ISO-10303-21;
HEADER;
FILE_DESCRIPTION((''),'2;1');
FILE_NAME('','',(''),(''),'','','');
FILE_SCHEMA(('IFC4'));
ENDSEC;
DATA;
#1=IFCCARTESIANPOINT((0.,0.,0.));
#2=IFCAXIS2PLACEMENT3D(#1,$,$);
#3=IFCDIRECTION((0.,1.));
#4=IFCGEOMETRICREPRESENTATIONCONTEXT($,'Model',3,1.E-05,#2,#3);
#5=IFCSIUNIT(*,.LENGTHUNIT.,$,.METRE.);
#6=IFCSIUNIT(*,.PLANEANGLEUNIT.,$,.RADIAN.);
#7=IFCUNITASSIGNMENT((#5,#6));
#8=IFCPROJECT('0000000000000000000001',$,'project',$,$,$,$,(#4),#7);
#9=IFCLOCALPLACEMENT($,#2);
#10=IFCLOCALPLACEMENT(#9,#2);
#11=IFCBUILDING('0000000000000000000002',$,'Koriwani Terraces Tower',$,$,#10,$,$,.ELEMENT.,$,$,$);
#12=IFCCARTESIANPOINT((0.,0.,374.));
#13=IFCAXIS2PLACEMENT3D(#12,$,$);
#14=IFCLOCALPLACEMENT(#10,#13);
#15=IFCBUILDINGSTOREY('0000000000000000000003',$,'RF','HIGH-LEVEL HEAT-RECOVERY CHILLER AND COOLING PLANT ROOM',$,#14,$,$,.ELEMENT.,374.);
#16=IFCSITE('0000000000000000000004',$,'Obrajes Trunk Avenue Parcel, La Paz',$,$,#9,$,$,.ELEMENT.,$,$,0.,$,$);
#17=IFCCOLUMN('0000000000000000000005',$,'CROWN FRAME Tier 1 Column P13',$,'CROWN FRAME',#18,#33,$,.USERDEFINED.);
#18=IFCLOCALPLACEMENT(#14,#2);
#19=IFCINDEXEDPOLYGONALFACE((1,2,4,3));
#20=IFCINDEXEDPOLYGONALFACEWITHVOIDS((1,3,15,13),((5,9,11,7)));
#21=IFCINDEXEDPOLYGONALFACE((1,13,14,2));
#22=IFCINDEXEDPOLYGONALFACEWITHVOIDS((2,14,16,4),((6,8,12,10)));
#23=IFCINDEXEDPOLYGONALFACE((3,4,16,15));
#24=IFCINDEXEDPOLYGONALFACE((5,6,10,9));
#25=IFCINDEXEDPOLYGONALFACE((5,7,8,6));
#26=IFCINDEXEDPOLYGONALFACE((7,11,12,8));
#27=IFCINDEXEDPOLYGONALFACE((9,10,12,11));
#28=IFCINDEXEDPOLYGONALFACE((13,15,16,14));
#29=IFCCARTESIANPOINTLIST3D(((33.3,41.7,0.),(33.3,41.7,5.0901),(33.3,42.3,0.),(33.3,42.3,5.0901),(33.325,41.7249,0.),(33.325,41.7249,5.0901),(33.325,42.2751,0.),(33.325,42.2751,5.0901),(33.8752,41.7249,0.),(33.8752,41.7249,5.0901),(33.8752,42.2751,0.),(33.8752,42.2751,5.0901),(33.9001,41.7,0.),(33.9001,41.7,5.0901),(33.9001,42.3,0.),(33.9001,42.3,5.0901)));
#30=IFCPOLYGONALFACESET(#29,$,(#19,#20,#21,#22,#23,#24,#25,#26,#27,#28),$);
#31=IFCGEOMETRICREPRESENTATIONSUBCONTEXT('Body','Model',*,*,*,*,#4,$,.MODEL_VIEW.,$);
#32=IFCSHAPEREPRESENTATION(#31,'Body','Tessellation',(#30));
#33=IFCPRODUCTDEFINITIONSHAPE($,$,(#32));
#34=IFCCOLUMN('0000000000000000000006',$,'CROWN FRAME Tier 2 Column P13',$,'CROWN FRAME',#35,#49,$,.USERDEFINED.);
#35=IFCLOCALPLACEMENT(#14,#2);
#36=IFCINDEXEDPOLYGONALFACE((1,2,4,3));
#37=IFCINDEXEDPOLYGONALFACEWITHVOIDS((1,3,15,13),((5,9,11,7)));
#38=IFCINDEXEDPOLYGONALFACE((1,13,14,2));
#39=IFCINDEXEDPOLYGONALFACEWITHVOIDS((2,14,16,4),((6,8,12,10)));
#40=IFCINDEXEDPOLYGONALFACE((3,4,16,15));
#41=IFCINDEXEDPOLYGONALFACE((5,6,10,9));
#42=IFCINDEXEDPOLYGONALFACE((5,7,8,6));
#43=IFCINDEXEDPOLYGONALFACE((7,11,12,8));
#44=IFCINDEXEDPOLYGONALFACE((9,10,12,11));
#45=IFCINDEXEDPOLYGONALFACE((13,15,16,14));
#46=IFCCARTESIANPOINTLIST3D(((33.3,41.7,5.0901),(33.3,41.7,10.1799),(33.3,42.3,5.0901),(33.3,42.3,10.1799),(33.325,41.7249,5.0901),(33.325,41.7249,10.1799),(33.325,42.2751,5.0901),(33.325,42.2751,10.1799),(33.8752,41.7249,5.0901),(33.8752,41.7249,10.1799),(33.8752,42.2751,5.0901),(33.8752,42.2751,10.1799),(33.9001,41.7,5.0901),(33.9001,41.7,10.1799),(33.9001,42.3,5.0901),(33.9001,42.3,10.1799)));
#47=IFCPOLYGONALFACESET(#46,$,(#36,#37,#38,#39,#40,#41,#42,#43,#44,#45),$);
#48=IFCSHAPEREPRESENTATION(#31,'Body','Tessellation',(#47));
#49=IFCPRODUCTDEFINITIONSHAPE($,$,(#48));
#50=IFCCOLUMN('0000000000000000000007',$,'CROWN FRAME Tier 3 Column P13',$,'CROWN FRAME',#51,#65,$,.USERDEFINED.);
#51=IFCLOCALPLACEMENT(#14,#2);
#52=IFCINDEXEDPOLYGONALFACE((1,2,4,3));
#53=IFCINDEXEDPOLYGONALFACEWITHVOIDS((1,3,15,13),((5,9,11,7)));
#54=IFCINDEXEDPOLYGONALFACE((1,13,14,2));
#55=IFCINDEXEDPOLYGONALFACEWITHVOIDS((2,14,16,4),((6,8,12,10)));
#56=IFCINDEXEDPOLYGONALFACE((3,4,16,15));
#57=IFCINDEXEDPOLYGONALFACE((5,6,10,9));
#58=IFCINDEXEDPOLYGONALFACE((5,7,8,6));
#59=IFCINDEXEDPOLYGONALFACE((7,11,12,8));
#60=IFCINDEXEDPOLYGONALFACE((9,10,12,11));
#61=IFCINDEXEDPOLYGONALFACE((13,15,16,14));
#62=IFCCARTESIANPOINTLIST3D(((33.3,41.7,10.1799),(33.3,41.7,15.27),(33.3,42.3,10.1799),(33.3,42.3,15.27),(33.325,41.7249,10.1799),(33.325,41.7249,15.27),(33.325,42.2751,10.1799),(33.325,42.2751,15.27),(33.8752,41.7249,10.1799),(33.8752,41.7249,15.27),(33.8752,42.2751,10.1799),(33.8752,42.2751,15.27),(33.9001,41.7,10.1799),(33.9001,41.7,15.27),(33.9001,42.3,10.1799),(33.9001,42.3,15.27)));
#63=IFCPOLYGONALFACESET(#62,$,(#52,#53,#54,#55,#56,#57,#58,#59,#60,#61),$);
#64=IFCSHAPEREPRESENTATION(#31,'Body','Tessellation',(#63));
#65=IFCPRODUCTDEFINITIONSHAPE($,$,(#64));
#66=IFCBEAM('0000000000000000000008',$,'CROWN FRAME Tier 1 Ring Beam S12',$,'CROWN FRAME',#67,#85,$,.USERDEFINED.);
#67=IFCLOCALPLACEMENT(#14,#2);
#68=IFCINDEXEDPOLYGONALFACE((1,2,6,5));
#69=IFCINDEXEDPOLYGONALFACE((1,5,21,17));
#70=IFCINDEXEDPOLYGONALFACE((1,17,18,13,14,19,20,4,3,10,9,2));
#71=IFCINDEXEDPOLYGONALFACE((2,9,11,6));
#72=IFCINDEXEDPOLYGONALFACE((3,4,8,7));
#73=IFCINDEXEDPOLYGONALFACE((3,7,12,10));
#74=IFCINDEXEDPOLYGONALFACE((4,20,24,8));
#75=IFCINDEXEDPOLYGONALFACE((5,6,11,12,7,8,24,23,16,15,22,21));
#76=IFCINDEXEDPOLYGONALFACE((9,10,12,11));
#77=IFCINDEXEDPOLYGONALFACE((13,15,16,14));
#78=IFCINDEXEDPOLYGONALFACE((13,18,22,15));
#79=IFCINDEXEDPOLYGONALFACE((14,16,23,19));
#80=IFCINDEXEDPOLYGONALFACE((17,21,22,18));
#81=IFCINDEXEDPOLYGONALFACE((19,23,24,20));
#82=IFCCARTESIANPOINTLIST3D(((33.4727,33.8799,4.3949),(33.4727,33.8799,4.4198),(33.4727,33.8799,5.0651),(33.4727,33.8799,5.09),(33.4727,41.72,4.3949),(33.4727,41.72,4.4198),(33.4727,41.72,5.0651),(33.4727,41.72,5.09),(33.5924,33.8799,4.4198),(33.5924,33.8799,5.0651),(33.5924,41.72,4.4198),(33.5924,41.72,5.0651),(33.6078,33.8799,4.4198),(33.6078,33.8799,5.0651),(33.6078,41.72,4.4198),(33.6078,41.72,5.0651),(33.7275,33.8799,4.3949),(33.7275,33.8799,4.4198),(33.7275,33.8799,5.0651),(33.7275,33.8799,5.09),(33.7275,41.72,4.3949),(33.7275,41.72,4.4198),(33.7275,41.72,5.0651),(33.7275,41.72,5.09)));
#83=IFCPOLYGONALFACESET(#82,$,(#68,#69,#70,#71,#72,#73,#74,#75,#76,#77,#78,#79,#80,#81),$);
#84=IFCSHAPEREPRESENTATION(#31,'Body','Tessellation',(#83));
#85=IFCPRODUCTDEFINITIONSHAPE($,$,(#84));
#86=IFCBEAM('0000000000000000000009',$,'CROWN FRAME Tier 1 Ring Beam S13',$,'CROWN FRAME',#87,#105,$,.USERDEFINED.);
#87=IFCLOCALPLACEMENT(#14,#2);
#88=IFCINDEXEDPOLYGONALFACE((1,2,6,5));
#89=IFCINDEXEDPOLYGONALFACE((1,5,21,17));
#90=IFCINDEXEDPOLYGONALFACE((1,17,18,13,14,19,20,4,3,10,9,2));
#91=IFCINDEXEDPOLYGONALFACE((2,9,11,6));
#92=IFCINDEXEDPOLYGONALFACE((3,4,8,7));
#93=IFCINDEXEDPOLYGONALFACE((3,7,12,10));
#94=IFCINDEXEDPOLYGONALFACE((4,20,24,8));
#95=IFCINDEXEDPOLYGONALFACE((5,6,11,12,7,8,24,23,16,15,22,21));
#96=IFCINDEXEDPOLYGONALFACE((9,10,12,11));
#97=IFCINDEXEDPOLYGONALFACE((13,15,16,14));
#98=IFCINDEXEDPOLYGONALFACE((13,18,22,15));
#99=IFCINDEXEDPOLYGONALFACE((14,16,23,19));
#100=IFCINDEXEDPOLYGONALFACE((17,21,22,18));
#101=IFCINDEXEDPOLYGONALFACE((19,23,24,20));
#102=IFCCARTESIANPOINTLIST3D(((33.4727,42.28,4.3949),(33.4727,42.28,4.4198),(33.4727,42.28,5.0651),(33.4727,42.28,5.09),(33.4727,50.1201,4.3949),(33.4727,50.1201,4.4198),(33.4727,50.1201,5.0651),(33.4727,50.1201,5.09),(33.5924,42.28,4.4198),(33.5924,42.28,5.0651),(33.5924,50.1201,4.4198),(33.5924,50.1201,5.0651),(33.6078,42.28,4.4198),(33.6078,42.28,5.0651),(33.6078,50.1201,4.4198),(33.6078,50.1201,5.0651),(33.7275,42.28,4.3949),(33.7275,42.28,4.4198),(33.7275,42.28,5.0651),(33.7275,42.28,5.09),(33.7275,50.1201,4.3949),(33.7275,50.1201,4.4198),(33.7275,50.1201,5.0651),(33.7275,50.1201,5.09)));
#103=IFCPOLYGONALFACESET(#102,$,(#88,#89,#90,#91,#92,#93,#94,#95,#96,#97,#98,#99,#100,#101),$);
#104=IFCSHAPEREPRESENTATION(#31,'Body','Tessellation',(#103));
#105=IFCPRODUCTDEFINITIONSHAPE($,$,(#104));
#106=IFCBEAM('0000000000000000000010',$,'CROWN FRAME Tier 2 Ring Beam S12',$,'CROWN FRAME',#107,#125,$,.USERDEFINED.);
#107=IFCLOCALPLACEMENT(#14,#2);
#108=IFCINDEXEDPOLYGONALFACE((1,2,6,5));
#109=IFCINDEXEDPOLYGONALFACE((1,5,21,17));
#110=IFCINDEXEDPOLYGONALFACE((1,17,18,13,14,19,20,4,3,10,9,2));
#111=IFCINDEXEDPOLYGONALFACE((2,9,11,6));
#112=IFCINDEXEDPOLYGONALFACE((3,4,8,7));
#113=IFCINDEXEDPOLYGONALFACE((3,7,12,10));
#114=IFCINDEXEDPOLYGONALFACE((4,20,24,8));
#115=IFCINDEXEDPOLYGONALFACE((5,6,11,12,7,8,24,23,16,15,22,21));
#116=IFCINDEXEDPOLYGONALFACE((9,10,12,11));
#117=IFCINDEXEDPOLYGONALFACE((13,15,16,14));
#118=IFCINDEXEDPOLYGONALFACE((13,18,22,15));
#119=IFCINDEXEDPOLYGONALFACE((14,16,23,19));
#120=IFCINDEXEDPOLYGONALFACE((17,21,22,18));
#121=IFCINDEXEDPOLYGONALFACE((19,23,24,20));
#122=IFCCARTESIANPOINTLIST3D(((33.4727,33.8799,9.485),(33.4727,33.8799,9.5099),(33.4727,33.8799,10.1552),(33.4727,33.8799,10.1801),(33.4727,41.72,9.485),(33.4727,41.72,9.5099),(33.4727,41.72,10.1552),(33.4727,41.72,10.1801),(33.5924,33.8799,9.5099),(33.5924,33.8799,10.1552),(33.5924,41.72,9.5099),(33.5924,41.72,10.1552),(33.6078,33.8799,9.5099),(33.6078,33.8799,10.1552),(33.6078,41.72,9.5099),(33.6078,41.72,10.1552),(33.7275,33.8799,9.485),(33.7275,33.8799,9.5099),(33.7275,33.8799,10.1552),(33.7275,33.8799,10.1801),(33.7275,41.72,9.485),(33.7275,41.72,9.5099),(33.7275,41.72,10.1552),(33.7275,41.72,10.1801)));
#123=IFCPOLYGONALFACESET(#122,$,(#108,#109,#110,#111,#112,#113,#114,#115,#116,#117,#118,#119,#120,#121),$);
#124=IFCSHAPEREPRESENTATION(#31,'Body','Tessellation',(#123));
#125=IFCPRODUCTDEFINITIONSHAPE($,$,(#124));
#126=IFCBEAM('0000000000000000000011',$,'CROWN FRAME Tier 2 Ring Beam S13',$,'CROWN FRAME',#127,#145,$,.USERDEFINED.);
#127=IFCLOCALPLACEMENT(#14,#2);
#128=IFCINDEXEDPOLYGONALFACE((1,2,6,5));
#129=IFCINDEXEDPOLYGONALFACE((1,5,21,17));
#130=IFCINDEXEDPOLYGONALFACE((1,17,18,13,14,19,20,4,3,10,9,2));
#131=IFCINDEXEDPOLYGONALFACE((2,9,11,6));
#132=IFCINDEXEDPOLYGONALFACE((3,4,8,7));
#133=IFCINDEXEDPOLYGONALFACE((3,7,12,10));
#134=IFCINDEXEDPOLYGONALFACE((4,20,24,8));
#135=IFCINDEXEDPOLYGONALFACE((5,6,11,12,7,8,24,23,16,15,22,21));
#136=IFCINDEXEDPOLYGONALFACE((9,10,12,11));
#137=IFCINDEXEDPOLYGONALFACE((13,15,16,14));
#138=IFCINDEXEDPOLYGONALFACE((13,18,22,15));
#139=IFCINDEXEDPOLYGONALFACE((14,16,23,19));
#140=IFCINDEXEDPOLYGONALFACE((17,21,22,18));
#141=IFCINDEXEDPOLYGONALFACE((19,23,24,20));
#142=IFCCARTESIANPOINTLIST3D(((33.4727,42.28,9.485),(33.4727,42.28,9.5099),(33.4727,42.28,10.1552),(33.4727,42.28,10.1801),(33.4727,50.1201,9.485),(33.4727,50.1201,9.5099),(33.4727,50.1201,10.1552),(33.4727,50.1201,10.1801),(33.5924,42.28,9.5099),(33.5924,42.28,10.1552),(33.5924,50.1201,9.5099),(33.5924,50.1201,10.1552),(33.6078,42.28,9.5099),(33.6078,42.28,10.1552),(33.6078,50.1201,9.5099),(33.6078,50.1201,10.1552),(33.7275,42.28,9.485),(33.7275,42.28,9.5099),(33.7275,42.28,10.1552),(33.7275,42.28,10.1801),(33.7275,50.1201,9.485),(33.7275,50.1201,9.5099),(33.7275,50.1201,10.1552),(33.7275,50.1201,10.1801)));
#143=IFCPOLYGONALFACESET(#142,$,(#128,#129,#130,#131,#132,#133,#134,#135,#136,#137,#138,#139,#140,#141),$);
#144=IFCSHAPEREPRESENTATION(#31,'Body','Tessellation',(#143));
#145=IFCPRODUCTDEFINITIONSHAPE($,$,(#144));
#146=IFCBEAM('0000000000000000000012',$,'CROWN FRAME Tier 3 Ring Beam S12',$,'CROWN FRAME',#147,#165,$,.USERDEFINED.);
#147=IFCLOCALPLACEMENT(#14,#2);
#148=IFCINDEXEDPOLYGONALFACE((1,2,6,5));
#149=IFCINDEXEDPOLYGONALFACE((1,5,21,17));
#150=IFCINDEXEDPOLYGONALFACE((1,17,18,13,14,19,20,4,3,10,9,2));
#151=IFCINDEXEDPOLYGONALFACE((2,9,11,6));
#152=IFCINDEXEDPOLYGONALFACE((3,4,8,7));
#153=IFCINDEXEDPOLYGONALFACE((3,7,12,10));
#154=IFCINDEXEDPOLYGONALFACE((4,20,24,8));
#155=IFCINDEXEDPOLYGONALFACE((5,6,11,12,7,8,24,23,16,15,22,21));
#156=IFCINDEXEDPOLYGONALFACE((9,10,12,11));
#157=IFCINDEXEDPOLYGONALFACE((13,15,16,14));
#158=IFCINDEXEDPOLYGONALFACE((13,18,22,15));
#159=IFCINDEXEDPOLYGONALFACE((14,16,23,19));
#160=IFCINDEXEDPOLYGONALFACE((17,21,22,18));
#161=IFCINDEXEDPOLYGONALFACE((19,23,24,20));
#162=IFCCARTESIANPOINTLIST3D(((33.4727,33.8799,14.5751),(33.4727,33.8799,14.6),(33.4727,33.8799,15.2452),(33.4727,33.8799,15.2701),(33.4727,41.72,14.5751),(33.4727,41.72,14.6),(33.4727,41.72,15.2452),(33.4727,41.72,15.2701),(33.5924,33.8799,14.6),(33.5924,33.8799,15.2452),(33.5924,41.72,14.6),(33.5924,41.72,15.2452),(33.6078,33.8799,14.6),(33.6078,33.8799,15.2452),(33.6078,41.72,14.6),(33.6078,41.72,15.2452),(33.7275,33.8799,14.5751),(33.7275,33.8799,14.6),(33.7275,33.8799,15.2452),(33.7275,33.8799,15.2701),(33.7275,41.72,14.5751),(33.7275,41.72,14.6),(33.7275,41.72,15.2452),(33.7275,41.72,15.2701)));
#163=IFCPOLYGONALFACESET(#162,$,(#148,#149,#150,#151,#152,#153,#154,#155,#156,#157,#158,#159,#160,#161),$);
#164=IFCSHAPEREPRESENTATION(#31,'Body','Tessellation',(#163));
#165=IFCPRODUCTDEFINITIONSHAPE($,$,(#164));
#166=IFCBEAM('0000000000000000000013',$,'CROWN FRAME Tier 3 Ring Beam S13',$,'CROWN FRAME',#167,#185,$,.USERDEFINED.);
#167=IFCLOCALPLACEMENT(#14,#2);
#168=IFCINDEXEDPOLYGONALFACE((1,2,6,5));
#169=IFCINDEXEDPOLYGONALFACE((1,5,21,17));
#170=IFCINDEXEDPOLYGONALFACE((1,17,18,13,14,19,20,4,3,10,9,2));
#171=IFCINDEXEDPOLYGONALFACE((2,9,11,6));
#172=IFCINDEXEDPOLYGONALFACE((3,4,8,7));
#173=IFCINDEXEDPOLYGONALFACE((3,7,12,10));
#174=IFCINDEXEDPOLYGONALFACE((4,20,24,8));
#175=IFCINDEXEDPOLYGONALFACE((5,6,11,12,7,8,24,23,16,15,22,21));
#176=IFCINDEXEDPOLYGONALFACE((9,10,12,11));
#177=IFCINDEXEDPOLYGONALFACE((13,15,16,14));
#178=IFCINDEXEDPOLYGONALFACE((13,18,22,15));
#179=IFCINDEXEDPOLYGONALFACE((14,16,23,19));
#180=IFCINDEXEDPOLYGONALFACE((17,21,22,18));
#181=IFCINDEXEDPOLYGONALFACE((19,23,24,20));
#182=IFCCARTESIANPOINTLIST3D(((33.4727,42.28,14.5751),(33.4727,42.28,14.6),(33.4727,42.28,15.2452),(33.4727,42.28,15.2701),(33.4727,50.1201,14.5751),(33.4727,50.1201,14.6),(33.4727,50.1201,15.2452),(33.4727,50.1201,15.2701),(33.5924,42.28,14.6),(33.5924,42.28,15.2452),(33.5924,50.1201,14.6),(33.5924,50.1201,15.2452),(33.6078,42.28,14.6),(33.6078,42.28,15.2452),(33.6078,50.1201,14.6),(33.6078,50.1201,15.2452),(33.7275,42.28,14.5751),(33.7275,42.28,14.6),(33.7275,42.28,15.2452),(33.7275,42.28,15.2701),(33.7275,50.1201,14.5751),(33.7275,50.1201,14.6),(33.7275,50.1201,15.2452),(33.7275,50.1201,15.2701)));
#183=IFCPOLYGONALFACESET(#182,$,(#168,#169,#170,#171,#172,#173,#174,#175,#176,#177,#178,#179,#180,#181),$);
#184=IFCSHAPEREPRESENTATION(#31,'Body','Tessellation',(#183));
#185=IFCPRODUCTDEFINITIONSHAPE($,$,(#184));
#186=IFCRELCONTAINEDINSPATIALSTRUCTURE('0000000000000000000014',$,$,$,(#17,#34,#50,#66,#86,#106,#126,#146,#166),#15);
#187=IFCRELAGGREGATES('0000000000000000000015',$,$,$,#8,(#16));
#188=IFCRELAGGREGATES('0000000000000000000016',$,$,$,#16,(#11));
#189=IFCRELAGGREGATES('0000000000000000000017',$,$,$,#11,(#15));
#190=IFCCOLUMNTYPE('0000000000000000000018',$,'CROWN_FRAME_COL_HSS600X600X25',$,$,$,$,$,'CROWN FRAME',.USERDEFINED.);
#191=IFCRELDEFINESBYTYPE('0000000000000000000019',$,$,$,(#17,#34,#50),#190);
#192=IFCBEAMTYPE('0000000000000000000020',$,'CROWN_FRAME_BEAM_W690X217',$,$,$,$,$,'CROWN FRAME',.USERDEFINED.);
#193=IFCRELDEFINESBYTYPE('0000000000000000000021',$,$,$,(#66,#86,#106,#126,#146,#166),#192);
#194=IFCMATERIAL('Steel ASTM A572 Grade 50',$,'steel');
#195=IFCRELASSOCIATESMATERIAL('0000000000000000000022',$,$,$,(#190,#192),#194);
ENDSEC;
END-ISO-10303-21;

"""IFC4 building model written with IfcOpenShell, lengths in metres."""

from ifc_helpers import new_model, si_unit, direction, frame, origin, origin_2d, place, context, subcontext, project, spatial, hollow_rectangle, i_section, extrude, material, material_profile, profile_set, type_object, element, save


model = new_model("IFC4")

# Units and contexts
model_context = context("Model", 3, precision=1e-05, world=origin(), true_north=direction((0.0, 1.0)))
body_context = subcontext(model_context, "Body", "Model", "MODEL_VIEW")
ifc_project = project(units=[si_unit("LENGTHUNIT", "METRE"), si_unit("PLANEANGLEUNIT", "RADIAN")], contexts=[model_context])

# Site, building, storey
site_placement = place(None, origin())
site = spatial("IfcSite", under=ifc_project, at=site_placement, Name="Obrajes Trunk Avenue Parcel, La Paz", CompositionType="ELEMENT", RefElevation=0.0)
building_placement = place(site_placement, origin())
building = spatial("IfcBuilding", under=site, at=building_placement, Name="Koriwani Terraces Tower", CompositionType="ELEMENT")
storey_placement = place(building_placement, frame((0.0, 0.0, 374.0)))
storey = spatial("IfcBuildingStorey", under=building, at=storey_placement, Name="RF", Description="HIGH-LEVEL HEAT-RECOVERY CHILLER AND COOLING PLANT ROOM", CompositionType="ELEMENT", Elevation=374.0)

# Columns
ifc_material_1 = material(Name="Steel ASTM A572 Grade 50", Category="steel")
ifc_material_profile_1 = material_profile(ifc_material_1, hollow_rectangle(XDim=0.6001, YDim=0.6001, WallThickness=0.0249, at=origin_2d()), Name="Steel ASTM A572 Grade 50", Category="LoadBearing")
ifc_profile_set_1 = profile_set([ifc_material_profile_1], Name="Steel ASTM A572 Grade 50")
column_type = type_object("IfcColumnType", Name="CROWN_FRAME_COL_HSS600X600X25", ElementType="CROWN FRAME", PredefinedType="USERDEFINED", material=ifc_profile_set_1)
column_1_placement = place(storey_placement, frame((33.6001, 42.0, 0.0), z_axis=(0.0, 0.0, 1.0), x_axis=(1.0, 0.0, 0.0)))
element("IfcColumn", 1, at=column_1_placement, inside=storey, type_object=column_type, Name="CROWN FRAME Tier 1 Column P13", ObjectType="CROWN FRAME", PredefinedType="USERDEFINED", context=body_context, shape_type="SweptSolid", body=[
    extrude(hollow_rectangle(XDim=0.6001, YDim=0.6001, WallThickness=0.0249, at=origin_2d()), origin(), (0.0, 0.0, 1.0), 5.0901),
])
column_2_placement = place(storey_placement, frame((33.6001, 42.0, 5.0901), z_axis=(0.0, 0.0, 1.0), x_axis=(1.0, 0.0, 0.0)))
element("IfcColumn", 2, at=column_2_placement, inside=storey, type_object=column_type, Name="CROWN FRAME Tier 2 Column P13", ObjectType="CROWN FRAME", PredefinedType="USERDEFINED", context=body_context, shape_type="SweptSolid", body=[
    extrude(hollow_rectangle(XDim=0.6001, YDim=0.6001, WallThickness=0.0249, at=origin_2d()), origin(), (0.0, 0.0, 1.0), 5.0898),
])
column_3_placement = place(storey_placement, frame((33.6001, 42.0, 10.1799), z_axis=(0.0, 0.0, 1.0), x_axis=(1.0, 0.0, 0.0)))
element("IfcColumn", 3, at=column_3_placement, inside=storey, type_object=column_type, Name="CROWN FRAME Tier 3 Column P13", ObjectType="CROWN FRAME", PredefinedType="USERDEFINED", context=body_context, shape_type="SweptSolid", body=[
    extrude(hollow_rectangle(XDim=0.6001, YDim=0.6001, WallThickness=0.0249, at=origin_2d()), origin(), (0.0, 0.0, 1.0), 5.0901),
])

# Beams
ifc_material_profile_2 = material_profile(ifc_material_1, i_section(OverallWidth=0.2549, OverallDepth=0.6951, WebThickness=0.0154, FlangeThickness=0.0249, at=origin_2d()), Name="Steel ASTM A572 Grade 50", Category="LoadBearing")
ifc_profile_set_2 = profile_set([ifc_material_profile_2], Name="Steel ASTM A572 Grade 50")
beam_type_1 = type_object("IfcBeamType", Name="CROWN_FRAME_BEAM_W690X217", ElementType="CROWN FRAME", PredefinedType="USERDEFINED", material=ifc_profile_set_2)
for number, where, z_axis, x_axis, name in (
    (4, (33.6001, 33.8799, 4.7424), (0.0, 1.0, 0.0), (-1.0, 0.0, 0.0), "CROWN FRAME Tier 1 Ring Beam S12"),
    (5, (33.6001, 42.28, 4.7424), (0.0, 1.0, 0.0), (-1.0, 0.0, 0.0), "CROWN FRAME Tier 1 Ring Beam S13"),
    (6, (33.6001, 33.8799, 9.8325), (0.0, 1.0, 0.0), (-1.0, 0.0, 0.0), "CROWN FRAME Tier 2 Ring Beam S12"),
    (7, (33.6001, 42.28, 9.8325), (0.0, 1.0, 0.0), (-1.0, 0.0, 0.0), "CROWN FRAME Tier 2 Ring Beam S13"),
    (8, (33.6001, 33.8799, 14.9226), (0.0, 1.0, 0.0), (-1.0, 0.0, 0.0), "CROWN FRAME Tier 3 Ring Beam S12"),
    (9, (33.6001, 42.28, 14.9226), (0.0, 1.0, 0.0), (-1.0, 0.0, 0.0), "CROWN FRAME Tier 3 Ring Beam S13"),
):
    element("IfcBeam", number, at=place(storey_placement, frame(where, z_axis=z_axis, x_axis=x_axis)), inside=storey, type_object=beam_type_1, Name=name, ObjectType="CROWN FRAME", PredefinedType="USERDEFINED", context=body_context, shape_type="SweptSolid", body=[
        extrude(i_section(OverallWidth=0.2549, OverallDepth=0.6951, WebThickness=0.0154, FlangeThickness=0.0249, at=origin_2d()), origin(), (0.0, 0.0, 1.0), 7.8401),
    ])

save(model, "model.ifc")
